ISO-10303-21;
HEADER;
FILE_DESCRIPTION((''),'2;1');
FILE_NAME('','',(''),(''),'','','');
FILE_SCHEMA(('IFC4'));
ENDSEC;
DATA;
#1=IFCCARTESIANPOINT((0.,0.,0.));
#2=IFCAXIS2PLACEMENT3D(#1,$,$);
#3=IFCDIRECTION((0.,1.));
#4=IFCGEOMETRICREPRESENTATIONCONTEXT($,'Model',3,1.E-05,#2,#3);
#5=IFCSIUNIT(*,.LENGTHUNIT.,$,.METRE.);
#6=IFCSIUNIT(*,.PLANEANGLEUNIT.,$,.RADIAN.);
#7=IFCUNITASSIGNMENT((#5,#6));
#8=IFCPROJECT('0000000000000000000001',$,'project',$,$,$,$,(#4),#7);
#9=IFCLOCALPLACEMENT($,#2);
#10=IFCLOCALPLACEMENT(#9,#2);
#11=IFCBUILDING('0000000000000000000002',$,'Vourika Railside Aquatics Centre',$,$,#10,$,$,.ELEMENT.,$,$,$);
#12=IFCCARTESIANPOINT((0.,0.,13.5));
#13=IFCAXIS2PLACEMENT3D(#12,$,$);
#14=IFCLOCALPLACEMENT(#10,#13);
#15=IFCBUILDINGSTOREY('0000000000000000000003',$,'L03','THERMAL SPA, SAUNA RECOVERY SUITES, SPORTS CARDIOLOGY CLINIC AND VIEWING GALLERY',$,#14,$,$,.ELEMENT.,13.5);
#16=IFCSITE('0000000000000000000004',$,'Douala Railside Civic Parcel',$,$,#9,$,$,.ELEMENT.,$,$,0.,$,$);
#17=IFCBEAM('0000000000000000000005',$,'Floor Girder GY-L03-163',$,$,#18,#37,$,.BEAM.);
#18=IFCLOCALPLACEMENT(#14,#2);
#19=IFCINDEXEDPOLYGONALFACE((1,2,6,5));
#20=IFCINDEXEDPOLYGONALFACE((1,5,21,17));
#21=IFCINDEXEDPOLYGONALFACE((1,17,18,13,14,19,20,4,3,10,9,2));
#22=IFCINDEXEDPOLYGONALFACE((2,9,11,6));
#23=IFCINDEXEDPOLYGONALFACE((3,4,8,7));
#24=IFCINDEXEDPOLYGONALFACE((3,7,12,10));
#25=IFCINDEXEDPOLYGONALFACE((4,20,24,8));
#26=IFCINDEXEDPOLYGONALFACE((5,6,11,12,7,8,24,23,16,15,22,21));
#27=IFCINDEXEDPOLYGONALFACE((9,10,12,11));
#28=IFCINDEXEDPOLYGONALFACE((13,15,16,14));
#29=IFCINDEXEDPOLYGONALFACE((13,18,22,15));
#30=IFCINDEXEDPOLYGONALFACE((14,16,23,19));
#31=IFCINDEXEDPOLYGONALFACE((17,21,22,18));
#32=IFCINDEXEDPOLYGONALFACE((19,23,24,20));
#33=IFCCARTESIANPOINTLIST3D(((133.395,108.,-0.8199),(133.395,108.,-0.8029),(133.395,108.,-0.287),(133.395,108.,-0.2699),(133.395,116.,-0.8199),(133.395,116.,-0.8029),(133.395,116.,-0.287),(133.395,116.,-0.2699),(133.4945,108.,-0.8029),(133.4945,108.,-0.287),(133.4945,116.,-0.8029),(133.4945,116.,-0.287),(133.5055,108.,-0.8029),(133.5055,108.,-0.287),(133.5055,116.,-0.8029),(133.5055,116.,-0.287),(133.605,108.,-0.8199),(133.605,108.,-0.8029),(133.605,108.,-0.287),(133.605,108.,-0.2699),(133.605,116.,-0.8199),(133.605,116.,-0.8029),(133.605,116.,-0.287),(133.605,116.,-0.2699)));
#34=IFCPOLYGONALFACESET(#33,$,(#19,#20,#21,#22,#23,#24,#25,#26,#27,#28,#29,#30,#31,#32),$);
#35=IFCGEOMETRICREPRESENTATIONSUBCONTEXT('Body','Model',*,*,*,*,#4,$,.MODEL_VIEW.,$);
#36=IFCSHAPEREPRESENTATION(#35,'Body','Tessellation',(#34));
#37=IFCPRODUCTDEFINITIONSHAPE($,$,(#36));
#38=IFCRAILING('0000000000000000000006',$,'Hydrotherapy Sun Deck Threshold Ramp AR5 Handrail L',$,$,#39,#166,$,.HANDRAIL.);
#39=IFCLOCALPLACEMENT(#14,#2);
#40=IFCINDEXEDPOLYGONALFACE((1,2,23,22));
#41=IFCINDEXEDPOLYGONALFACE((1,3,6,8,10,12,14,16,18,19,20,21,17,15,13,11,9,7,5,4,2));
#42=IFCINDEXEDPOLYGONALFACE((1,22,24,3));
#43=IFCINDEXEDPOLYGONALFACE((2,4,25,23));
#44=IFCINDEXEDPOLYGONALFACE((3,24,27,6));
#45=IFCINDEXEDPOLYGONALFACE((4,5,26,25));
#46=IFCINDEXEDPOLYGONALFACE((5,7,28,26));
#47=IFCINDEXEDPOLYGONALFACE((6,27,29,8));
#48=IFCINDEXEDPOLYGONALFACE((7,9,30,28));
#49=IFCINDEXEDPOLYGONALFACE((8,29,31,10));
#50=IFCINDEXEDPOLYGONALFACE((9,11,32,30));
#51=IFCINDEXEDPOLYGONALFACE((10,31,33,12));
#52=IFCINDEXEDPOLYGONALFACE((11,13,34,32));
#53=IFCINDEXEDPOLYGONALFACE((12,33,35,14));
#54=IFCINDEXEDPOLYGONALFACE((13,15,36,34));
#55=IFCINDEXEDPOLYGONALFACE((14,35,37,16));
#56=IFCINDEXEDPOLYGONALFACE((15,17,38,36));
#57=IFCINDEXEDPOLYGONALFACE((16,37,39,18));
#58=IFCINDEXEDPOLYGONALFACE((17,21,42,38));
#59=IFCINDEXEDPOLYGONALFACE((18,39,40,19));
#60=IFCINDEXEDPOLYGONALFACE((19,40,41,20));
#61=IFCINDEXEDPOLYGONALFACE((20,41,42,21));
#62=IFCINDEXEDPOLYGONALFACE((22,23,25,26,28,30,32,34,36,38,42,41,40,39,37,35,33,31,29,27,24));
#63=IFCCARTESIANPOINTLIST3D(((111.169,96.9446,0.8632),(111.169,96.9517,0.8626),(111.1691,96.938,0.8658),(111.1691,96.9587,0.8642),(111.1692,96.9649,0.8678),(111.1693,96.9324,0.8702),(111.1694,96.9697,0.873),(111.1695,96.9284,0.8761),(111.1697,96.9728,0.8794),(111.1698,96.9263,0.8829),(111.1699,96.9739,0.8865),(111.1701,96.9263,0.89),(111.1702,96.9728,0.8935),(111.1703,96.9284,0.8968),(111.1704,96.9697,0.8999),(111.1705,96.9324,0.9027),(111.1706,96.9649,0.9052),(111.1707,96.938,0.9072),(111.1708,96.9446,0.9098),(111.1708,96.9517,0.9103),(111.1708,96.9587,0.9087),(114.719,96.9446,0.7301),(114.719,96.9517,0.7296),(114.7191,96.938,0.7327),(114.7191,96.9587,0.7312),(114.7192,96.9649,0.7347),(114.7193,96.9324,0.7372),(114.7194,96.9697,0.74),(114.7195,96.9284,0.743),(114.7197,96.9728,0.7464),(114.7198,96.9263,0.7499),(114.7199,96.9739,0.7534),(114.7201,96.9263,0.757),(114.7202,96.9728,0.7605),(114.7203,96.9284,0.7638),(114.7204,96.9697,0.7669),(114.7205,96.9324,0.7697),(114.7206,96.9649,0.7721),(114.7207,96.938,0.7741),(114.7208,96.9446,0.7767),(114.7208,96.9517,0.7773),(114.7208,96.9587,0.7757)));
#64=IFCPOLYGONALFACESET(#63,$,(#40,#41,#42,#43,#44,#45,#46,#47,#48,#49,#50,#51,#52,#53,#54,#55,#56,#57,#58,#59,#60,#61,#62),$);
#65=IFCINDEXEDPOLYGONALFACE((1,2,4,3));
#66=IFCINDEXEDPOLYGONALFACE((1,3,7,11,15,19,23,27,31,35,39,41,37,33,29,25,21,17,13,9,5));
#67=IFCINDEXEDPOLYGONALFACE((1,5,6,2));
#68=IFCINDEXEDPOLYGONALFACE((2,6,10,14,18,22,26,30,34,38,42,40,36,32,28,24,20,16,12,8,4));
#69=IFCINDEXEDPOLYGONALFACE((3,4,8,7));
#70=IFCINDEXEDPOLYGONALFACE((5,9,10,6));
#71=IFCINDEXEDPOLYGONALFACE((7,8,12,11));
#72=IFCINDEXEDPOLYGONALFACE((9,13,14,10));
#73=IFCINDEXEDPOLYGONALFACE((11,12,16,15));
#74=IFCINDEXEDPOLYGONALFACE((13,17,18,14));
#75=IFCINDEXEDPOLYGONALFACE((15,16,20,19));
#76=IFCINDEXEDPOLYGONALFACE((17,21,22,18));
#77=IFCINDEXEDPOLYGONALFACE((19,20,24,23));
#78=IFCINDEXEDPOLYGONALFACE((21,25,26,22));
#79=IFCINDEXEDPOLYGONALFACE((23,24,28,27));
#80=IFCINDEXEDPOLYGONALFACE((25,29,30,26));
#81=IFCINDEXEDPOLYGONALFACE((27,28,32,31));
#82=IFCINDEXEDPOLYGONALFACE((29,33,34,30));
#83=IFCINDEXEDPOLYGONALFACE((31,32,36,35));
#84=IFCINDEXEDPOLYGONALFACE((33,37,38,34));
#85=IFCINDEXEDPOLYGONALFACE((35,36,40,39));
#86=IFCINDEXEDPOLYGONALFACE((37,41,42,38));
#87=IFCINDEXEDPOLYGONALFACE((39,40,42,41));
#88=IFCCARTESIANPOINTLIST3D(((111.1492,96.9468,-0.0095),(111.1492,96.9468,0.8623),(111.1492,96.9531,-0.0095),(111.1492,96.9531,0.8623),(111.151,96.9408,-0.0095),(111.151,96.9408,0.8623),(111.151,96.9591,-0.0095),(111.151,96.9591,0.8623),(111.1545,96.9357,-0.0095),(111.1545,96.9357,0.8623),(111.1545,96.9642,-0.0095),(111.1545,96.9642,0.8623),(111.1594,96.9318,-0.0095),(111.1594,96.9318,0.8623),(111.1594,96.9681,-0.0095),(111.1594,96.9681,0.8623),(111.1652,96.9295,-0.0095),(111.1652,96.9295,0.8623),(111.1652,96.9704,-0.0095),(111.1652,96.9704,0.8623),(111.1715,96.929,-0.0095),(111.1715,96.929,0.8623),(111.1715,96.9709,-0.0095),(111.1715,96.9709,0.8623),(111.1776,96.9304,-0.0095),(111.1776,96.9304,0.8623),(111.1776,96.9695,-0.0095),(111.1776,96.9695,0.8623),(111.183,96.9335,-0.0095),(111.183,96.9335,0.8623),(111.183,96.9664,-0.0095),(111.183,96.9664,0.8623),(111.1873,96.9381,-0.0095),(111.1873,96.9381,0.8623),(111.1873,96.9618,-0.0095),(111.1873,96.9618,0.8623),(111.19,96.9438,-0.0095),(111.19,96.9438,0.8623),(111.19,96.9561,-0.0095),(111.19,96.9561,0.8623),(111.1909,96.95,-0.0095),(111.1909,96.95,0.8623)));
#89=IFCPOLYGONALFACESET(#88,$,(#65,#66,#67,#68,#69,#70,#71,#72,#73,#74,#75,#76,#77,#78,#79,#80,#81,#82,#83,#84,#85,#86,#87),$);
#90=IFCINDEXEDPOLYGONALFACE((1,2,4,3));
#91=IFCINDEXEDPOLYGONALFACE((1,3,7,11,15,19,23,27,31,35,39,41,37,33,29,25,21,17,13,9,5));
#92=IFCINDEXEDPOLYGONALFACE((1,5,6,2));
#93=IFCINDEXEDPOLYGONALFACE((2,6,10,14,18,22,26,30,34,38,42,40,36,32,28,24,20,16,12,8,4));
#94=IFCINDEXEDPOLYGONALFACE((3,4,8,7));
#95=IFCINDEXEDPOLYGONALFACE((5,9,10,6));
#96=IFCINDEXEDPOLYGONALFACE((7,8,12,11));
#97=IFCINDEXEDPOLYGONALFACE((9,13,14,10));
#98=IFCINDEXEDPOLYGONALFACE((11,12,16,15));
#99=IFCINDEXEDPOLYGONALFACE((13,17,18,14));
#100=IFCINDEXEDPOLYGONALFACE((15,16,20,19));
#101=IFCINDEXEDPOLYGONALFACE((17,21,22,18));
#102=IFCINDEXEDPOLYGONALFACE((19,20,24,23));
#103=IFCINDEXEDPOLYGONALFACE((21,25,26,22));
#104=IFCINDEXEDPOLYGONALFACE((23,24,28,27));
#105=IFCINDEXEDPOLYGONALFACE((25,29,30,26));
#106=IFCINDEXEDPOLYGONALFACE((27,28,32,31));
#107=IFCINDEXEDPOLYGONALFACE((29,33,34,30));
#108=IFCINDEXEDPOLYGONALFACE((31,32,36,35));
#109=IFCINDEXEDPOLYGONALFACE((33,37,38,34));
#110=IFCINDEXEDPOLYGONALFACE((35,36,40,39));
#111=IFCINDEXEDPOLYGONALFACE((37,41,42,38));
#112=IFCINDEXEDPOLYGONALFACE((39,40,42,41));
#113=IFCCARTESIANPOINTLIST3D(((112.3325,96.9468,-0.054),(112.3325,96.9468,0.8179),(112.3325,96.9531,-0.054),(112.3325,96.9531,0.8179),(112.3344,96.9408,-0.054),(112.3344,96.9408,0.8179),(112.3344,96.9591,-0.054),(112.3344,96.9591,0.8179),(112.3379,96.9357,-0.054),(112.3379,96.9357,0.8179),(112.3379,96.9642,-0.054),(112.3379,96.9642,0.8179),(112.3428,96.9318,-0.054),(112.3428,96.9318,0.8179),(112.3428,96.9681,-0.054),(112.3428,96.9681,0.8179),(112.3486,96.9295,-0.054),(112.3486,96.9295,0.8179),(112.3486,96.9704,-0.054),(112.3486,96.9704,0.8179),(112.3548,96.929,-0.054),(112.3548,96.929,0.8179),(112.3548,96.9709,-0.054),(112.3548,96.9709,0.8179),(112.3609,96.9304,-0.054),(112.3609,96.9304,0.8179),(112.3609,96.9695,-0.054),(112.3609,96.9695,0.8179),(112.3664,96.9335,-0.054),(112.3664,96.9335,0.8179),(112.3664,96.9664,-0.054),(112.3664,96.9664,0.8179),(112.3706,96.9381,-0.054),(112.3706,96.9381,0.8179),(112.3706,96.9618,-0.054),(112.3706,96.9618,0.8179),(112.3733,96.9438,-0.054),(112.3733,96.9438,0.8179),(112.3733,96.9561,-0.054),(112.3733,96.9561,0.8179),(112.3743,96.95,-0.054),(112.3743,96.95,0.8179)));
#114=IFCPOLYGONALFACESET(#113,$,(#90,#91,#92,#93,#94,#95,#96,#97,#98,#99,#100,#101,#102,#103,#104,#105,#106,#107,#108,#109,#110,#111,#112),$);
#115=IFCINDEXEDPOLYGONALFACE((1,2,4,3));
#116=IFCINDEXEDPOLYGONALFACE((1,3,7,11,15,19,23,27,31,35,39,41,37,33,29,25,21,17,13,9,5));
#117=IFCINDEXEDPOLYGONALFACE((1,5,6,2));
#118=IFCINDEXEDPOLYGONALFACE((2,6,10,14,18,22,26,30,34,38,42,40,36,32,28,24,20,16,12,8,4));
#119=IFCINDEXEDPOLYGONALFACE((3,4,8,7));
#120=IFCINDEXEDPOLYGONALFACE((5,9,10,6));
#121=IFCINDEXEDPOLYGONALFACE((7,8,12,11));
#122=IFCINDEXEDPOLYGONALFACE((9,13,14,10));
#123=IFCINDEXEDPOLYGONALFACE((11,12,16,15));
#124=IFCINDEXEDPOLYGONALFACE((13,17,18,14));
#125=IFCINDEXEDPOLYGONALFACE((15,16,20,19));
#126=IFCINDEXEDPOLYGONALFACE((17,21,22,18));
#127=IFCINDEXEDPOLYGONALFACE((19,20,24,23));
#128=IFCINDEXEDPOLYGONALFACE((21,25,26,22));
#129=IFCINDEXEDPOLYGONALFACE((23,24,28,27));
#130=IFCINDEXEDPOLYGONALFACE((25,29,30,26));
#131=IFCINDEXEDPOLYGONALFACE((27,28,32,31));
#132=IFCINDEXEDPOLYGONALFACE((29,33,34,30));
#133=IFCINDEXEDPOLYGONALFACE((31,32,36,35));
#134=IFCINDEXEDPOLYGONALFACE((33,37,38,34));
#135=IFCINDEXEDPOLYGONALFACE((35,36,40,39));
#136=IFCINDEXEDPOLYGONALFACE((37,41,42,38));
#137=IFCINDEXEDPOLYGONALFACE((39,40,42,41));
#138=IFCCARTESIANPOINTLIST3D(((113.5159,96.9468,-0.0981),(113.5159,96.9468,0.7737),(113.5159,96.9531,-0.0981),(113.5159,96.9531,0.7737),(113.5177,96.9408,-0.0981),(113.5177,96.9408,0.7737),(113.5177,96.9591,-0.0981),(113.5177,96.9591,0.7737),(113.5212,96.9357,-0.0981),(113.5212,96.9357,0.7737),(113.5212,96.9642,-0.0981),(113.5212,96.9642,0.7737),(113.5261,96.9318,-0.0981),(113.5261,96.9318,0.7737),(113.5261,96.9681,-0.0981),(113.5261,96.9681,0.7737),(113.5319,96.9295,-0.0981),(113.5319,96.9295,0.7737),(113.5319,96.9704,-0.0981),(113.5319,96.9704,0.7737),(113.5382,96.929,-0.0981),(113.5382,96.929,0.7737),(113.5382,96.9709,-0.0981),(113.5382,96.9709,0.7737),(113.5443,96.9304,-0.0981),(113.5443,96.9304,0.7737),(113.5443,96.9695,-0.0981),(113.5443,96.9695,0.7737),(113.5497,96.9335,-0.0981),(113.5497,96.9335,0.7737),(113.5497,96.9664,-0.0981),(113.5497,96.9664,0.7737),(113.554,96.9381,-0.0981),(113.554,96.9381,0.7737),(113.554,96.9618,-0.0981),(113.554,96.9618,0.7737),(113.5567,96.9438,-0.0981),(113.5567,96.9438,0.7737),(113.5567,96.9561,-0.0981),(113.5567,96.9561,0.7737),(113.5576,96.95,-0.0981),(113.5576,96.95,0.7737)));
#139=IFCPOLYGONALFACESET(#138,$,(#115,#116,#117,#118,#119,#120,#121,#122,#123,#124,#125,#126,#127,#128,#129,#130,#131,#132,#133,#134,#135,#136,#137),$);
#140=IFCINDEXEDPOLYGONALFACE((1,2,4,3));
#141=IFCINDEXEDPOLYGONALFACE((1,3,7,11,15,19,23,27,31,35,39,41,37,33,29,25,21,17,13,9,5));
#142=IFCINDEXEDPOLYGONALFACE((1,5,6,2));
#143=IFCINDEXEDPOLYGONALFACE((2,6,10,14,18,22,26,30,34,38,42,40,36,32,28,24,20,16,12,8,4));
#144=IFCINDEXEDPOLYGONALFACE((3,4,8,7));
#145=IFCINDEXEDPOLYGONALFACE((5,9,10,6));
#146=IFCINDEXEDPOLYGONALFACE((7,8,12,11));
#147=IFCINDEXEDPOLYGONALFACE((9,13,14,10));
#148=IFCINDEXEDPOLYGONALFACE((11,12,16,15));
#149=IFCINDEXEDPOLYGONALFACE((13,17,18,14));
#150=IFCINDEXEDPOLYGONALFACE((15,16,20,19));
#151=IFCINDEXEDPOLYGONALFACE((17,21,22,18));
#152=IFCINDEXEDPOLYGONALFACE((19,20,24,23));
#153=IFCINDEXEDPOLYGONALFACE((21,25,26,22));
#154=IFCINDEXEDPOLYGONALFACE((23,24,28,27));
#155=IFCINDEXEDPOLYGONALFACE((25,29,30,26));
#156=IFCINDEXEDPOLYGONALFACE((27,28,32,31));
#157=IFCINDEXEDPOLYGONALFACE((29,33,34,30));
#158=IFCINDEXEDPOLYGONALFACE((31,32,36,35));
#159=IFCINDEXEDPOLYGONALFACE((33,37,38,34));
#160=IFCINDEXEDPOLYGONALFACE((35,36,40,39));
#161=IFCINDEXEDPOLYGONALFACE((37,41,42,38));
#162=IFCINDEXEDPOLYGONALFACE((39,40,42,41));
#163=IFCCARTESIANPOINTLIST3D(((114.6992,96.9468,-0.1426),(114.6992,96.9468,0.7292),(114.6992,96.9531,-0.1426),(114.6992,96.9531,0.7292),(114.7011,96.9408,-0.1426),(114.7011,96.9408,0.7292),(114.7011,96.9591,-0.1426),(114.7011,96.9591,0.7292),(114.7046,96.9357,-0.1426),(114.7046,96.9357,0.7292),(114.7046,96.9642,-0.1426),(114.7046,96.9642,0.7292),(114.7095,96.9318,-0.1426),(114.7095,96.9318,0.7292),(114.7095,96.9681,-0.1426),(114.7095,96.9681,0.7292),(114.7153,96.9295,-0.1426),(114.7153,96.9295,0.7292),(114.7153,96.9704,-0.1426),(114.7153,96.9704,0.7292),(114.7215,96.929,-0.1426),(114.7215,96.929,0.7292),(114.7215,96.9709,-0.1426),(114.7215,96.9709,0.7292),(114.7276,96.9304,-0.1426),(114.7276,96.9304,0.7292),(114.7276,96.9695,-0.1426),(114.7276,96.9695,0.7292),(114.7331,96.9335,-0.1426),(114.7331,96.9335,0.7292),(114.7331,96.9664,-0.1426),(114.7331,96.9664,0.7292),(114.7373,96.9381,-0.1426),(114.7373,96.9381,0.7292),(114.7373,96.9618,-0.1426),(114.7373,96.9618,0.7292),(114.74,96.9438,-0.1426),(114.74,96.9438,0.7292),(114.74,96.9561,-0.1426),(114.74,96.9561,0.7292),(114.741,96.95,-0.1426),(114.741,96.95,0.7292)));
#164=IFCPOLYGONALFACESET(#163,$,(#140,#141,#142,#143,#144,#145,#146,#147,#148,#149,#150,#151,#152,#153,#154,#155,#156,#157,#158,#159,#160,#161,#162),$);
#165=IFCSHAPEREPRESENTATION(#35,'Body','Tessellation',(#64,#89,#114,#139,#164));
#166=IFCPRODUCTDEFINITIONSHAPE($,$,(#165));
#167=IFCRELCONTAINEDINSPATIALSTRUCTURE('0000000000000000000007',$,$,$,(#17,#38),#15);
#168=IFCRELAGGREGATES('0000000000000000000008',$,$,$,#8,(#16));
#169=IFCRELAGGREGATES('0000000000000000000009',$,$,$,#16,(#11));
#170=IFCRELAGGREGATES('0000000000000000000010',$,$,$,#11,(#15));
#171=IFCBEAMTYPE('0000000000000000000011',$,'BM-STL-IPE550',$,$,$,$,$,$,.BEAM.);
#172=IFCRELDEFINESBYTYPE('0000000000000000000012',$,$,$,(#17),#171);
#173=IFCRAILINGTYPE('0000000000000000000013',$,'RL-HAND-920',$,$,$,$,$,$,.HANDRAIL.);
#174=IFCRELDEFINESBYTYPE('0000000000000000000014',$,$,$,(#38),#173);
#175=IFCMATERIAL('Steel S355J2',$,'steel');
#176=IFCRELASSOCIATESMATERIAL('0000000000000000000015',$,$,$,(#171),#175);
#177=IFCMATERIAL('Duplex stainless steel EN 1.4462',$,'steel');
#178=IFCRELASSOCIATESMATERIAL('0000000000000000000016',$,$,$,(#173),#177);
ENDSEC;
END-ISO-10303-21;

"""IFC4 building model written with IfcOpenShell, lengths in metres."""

from ifc_helpers import new_model, si_unit, direction, frame, origin, origin_2d, place, context, subcontext, project, spatial, circle, i_section, extrude, material, material_profile, profile_set, type_object, element, save


model = new_model("IFC4")

# Units and contexts
model_context = context("Model", 3, precision=1e-05, world=origin(), true_north=direction((0.0, 1.0)))
body_context = subcontext(model_context, "Body", "Model", "MODEL_VIEW")
ifc_project = project(units=[si_unit("LENGTHUNIT", "METRE"), si_unit("PLANEANGLEUNIT", "RADIAN")], contexts=[model_context])

# Site, building, storey
site_placement = place(None, origin())
site = spatial("IfcSite", under=ifc_project, at=site_placement, Name="Douala Railside Civic Parcel", CompositionType="ELEMENT", RefElevation=0.0)
building_placement = place(site_placement, origin())
building = spatial("IfcBuilding", under=site, at=building_placement, Name="Vourika Railside Aquatics Centre", CompositionType="ELEMENT")
storey_placement = place(building_placement, frame((0.0, 0.0, 13.5)))
storey = spatial("IfcBuildingStorey", under=building, at=storey_placement, Name="L03", Description="THERMAL SPA, SAUNA RECOVERY SUITES, SPORTS CARDIOLOGY CLINIC AND VIEWING GALLERY", CompositionType="ELEMENT", Elevation=13.5)

# Beam
ifc_material_1 = material(Name="Steel S355J2", Category="steel")
ifc_material_profile_1 = material_profile(ifc_material_1, i_section(OverallWidth=0.21, OverallDepth=0.55, WebThickness=0.011, FlangeThickness=0.0171, at=origin_2d()), Name="IPE 550")
ifc_profile_set_1 = profile_set([ifc_material_profile_1], Name="Steel S355J2")
beam_type_1 = type_object("IfcBeamType", Name="BM-STL-IPE550", PredefinedType="BEAM", material=ifc_profile_set_1)
for number, where, z_axis, x_axis, name in (
    (1, (133.5, 108.0, -0.5449), (0.0, 1.0, 0.0), (-1.0, 0.0, 0.0), "Floor Girder GY-L03-163"),
):
    element("IfcBeam", number, at=place(storey_placement, frame(where, z_axis=z_axis, x_axis=x_axis)), inside=storey, type_object=beam_type_1, Name=name, PredefinedType="BEAM", context=body_context, shape_type="SweptSolid", body=[
        extrude(i_section(OverallWidth=0.21, OverallDepth=0.55, WebThickness=0.011, FlangeThickness=0.0171, at=origin_2d()), origin(), (0.0, 0.0, 1.0), 8.0),
    ])

# Railing
ifc_material_2 = material(Name="Duplex stainless steel EN 1.4462", Category="steel")
railing_type = type_object("IfcRailingType", Name="RL-HAND-920", PredefinedType="HANDRAIL", material=ifc_material_2)
for number, where, name in (
    (2, (111.1699, 96.95, -0.0095), "Hydrotherapy Sun Deck Threshold Ramp AR5 Handrail L"),
):
    element("IfcRailing", number, at=place(storey_placement, frame(where)), inside=storey, type_object=railing_type, Name=name, PredefinedType="HANDRAIL", context=body_context, shape_type="SweptSolid", body=[
        extrude(circle(Radius=0.0239, at=origin_2d()), frame((0.0, 0.0, 0.896), z_axis=(0.999298, 0.0, -0.037454), x_axis=(0.0, 1.0, 0.0)), (0.0, 0.0, 1.0), 3.5525),
        extrude(circle(Radius=0.021, at=origin_2d()), origin(), (0.0, 0.0, 1.0), 0.8718),
        extrude(circle(Radius=0.021, at=origin_2d()), frame((1.1833, 0.0, -0.0444)), (0.0, 0.0, 1.0), 0.8718),
        extrude(circle(Radius=0.021, at=origin_2d()), frame((2.3667, 0.0, -0.0886)), (0.0, 0.0, 1.0), 0.8718),
        extrude(circle(Radius=0.021, at=origin_2d()), frame((3.55, 0.0, -0.1331)), (0.0, 0.0, 1.0), 0.8718),
    ])

save(model, "model.ifc")
